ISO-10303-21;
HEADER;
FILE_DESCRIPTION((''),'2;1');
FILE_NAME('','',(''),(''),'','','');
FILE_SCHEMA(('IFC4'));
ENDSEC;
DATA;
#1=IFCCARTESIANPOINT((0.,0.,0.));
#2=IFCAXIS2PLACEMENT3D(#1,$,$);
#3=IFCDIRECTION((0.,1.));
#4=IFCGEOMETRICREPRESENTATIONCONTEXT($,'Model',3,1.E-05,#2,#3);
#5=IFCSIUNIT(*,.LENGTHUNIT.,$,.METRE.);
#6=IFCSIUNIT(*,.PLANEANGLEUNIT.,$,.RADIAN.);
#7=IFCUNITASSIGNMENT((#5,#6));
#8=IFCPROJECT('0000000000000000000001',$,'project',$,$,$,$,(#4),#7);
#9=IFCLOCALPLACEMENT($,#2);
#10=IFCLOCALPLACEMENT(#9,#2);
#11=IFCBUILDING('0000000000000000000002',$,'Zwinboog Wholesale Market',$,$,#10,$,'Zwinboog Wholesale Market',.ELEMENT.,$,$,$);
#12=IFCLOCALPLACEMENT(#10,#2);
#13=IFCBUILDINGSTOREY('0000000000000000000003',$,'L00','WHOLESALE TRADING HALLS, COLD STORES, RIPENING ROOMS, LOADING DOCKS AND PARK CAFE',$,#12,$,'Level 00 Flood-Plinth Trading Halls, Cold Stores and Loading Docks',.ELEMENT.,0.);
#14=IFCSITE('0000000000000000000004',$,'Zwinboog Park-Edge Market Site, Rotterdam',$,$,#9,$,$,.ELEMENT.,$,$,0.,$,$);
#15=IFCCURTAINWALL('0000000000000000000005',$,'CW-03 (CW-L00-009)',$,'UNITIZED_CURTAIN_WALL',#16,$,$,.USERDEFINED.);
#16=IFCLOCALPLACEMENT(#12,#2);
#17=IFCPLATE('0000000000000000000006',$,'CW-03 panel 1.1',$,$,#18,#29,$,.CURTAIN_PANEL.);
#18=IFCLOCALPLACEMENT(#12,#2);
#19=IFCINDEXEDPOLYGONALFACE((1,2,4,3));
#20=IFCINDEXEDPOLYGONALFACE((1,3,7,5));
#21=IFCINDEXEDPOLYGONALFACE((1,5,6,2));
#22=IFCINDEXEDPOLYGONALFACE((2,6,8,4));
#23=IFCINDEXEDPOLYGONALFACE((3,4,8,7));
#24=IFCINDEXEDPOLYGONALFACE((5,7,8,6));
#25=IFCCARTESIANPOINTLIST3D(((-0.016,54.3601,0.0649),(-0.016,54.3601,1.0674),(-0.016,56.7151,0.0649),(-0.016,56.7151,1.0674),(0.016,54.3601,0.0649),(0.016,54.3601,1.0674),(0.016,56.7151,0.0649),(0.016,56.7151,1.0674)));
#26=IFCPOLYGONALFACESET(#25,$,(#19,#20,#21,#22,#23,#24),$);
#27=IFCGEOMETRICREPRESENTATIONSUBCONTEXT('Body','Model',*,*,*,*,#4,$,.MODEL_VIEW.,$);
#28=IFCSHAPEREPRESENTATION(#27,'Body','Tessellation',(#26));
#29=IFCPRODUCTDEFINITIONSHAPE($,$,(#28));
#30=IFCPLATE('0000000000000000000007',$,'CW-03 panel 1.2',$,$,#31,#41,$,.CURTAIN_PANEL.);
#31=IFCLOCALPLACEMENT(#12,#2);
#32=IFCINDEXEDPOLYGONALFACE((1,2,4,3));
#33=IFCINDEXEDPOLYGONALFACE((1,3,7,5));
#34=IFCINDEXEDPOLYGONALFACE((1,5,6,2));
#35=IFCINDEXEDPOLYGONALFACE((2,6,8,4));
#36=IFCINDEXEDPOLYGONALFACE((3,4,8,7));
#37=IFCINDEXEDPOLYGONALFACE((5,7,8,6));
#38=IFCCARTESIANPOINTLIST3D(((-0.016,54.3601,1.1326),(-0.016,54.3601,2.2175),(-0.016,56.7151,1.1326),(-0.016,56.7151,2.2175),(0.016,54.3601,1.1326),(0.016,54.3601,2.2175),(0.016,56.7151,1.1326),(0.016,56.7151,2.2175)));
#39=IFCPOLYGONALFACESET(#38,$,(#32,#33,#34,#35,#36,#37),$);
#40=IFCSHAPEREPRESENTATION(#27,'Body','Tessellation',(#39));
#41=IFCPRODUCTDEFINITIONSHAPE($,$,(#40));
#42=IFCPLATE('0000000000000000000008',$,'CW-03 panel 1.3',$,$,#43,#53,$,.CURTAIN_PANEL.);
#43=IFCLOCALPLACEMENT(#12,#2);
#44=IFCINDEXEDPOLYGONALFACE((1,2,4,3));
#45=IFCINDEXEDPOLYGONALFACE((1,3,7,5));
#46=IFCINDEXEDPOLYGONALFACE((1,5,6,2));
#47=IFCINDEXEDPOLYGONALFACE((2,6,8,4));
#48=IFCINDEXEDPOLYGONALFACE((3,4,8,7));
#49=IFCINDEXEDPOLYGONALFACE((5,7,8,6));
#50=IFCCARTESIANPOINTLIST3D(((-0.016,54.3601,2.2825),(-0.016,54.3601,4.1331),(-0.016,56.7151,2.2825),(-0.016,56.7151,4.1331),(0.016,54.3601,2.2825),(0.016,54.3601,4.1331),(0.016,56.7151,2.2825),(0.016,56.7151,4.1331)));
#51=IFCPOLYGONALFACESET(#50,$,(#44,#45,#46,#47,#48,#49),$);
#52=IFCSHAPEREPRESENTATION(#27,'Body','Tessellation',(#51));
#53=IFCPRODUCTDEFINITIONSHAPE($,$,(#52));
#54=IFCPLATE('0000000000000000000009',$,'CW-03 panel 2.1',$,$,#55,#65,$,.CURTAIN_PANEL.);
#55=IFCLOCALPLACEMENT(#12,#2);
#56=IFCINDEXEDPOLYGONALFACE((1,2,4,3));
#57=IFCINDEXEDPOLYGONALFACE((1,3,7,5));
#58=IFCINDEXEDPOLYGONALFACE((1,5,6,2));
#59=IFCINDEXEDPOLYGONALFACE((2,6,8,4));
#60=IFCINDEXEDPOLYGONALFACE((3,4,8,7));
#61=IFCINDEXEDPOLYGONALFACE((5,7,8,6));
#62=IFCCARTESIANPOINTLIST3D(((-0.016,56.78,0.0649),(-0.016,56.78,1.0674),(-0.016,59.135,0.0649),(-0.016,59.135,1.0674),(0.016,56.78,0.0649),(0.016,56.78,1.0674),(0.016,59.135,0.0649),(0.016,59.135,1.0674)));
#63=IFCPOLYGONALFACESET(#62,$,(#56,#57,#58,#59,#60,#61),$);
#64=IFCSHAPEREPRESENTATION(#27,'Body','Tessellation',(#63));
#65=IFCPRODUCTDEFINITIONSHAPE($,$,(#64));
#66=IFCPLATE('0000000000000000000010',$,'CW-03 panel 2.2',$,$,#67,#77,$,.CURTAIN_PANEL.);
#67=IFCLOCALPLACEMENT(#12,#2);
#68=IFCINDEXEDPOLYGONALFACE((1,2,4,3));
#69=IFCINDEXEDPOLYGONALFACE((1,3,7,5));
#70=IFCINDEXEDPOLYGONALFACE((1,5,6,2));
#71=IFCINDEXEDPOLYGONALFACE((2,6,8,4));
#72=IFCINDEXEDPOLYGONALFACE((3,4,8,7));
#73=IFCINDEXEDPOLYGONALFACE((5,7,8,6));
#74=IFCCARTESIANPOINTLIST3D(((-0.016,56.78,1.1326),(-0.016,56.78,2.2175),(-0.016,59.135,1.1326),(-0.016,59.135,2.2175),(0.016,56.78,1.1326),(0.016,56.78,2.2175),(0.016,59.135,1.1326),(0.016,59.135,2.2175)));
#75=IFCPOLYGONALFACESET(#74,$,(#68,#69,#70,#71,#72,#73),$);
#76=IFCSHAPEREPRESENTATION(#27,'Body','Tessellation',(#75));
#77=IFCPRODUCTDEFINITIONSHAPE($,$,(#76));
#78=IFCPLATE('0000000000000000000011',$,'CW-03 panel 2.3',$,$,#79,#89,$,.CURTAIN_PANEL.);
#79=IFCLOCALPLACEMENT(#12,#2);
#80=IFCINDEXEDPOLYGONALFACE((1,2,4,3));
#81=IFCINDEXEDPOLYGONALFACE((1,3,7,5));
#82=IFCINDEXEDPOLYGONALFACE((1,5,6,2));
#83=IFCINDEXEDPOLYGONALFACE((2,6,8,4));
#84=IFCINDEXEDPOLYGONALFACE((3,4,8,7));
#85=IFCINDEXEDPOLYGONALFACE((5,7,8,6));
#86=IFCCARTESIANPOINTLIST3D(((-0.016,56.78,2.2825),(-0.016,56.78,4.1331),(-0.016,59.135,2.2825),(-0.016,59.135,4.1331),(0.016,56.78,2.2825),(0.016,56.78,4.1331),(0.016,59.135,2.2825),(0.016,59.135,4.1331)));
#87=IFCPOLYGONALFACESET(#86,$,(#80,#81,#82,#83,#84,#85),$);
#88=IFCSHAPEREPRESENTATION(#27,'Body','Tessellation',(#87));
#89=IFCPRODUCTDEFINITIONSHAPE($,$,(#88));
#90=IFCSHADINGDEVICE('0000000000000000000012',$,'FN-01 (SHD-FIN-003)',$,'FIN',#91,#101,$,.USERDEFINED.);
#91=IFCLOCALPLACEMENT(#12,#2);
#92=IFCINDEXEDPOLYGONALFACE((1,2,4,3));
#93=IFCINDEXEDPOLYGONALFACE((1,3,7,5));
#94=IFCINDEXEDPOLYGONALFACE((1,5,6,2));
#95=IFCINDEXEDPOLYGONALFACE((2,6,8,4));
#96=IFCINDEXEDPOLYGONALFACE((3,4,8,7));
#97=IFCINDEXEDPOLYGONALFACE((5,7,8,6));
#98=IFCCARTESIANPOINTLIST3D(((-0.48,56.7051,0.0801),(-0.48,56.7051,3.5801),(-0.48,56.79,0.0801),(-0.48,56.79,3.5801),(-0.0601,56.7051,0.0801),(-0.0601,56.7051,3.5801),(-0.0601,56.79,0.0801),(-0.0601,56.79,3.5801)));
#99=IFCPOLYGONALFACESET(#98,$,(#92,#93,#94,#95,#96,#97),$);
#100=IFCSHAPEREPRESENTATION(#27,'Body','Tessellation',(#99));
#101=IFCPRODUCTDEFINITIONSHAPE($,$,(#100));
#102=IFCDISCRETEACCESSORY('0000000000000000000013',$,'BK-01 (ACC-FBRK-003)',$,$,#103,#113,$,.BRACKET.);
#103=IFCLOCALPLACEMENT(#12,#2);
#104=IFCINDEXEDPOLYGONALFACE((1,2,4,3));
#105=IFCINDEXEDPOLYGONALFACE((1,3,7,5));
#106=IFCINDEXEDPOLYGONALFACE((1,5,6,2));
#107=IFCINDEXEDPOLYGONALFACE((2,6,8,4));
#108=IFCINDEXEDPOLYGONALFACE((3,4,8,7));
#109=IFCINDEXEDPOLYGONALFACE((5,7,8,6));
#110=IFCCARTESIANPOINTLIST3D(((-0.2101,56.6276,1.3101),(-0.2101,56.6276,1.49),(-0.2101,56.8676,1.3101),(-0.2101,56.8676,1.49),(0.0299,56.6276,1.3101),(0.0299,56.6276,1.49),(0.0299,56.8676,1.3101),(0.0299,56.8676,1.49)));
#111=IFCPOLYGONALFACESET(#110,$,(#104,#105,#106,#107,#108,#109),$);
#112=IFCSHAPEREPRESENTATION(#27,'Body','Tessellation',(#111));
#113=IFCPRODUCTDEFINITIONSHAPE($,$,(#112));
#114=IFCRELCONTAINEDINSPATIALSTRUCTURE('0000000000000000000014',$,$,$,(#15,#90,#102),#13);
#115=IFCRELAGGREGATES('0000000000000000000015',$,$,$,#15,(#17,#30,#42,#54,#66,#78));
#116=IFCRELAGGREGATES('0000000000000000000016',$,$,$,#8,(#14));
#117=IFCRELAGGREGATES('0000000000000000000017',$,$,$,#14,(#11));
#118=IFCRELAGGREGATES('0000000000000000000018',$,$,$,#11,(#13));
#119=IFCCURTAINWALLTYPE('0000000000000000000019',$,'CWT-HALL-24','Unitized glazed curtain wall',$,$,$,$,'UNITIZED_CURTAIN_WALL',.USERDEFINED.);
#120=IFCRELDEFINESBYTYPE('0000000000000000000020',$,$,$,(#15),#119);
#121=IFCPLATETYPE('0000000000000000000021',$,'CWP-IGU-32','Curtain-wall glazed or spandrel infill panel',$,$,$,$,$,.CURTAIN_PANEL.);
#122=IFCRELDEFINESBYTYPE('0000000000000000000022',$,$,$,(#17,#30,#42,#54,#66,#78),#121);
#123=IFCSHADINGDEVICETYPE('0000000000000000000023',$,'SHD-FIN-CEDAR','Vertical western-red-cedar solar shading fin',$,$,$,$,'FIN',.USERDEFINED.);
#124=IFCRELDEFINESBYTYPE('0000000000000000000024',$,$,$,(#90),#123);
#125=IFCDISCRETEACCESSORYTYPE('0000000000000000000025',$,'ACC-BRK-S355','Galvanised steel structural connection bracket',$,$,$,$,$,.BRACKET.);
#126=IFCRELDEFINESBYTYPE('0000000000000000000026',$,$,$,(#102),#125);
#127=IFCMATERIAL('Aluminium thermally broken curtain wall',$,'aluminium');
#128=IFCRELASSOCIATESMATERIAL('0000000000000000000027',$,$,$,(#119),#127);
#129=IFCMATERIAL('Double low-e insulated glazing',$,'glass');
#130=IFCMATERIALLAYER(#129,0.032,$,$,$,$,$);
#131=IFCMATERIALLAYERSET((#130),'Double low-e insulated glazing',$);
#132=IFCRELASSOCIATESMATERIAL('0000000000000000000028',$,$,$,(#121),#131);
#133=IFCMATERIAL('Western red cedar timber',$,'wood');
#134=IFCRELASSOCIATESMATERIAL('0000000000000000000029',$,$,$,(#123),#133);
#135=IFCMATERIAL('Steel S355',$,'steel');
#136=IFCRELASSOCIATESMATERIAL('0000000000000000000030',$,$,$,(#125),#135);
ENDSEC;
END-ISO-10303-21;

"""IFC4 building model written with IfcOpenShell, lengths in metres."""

from ifc_helpers import new_model, si_unit, direction, frame, origin, origin_2d, place, context, subcontext, project, spatial, rectangle, extrude, material, layer, layer_set, type_object, element, aggregate, save


model = new_model("IFC4")

# Units and contexts
model_context = context("Model", 3, precision=1e-05, world=origin(), true_north=direction((0.0, 1.0)))
body_context = subcontext(model_context, "Body", "Model", "MODEL_VIEW")
ifc_project = project(units=[si_unit("LENGTHUNIT", "METRE"), si_unit("PLANEANGLEUNIT", "RADIAN")], contexts=[model_context])

# Site, building, storey
site_placement = place(None, origin())
site = spatial("IfcSite", under=ifc_project, at=site_placement, Name="Zwinboog Park-Edge Market Site, Rotterdam", CompositionType="ELEMENT", RefElevation=0.0)
building_placement = place(site_placement, origin())
building = spatial("IfcBuilding", under=site, at=building_placement, Name="Zwinboog Wholesale Market", LongName="Zwinboog Wholesale Market", CompositionType="ELEMENT")
storey_placement = place(building_placement, origin())
storey = spatial("IfcBuildingStorey", under=building, at=storey_placement, Name="L00", Description="WHOLESALE TRADING HALLS, COLD STORES, RIPENING ROOMS, LOADING DOCKS AND PARK CAFE", LongName="Level 00 Flood-Plinth Trading Halls, Cold Stores and Loading Docks", CompositionType="ELEMENT", Elevation=0.0)

# Curtain wall, plates
ifc_material_1 = material(Name="Aluminium thermally broken curtain wall", Category="aluminium")
curtain_wall_type = type_object("IfcCurtainWallType", Name="CWT-HALL-24", Description="Unitized glazed curtain wall", ElementType="UNITIZED_CURTAIN_WALL", PredefinedType="USERDEFINED", material=ifc_material_1)
curtain_wall_placement = place(storey_placement, origin())
curtain_wall = element("IfcCurtainWall", 1, at=curtain_wall_placement, inside=storey, type_object=curtain_wall_type, Name="CW-03 (CW-L00-009)", ObjectType="UNITIZED_CURTAIN_WALL", PredefinedType="USERDEFINED")
ifc_material_2 = material(Name="Double low-e insulated glazing", Category="glass")
ifc_layer = layer(ifc_material_2, 0.032)
ifc_layer_set = layer_set([ifc_layer], Name="Double low-e insulated glazing")
plate_type = type_object("IfcPlateType", Name="CWP-IGU-32", Description="Curtain-wall glazed or spandrel infill panel", PredefinedType="CURTAIN_PANEL", material=ifc_layer_set)
plate_1_placement = place(storey_placement, frame((0.0, 55.5376, 0.0649), z_axis=(0.0, 0.0, 1.0), x_axis=(0.0, 1.0, 0.0)))
plate_1 = element("IfcPlate", 2, at=plate_1_placement, type_object=plate_type, Name="CW-03 panel 1.1", PredefinedType="CURTAIN_PANEL", context=body_context, shape_type="SweptSolid", body=[
    extrude(rectangle(XDim=2.355, YDim=0.032, at=origin_2d()), origin(), (0.0, 0.0, 1.0), 1.0024),
])
plate_2_placement = place(storey_placement, frame((0.0, 55.5376, 1.1326), z_axis=(0.0, 0.0, 1.0), x_axis=(0.0, 1.0, 0.0)))
plate_2 = element("IfcPlate", 3, at=plate_2_placement, type_object=plate_type, Name="CW-03 panel 1.2", PredefinedType="CURTAIN_PANEL", context=body_context, shape_type="SweptSolid", body=[
    extrude(rectangle(XDim=2.355, YDim=0.032, at=origin_2d()), origin(), (0.0, 0.0, 1.0), 1.085),
])
plate_3_placement = place(storey_placement, frame((0.0, 55.5376, 2.2825), z_axis=(0.0, 0.0, 1.0), x_axis=(0.0, 1.0, 0.0)))
plate_3 = element("IfcPlate", 4, at=plate_3_placement, type_object=plate_type, Name="CW-03 panel 1.3", PredefinedType="CURTAIN_PANEL", context=body_context, shape_type="SweptSolid", body=[
    extrude(rectangle(XDim=2.355, YDim=0.032, at=origin_2d()), origin(), (0.0, 0.0, 1.0), 1.8506),
])
plate_4_placement = place(storey_placement, frame((0.0, 57.9575, 0.0649), z_axis=(0.0, 0.0, 1.0), x_axis=(0.0, 1.0, 0.0)))
plate_4 = element("IfcPlate", 5, at=plate_4_placement, type_object=plate_type, Name="CW-03 panel 2.1", PredefinedType="CURTAIN_PANEL", context=body_context, shape_type="SweptSolid", body=[
    extrude(rectangle(XDim=2.355, YDim=0.032, at=origin_2d()), origin(), (0.0, 0.0, 1.0), 1.0024),
])
plate_5_placement = place(storey_placement, frame((0.0, 57.9575, 1.1326), z_axis=(0.0, 0.0, 1.0), x_axis=(0.0, 1.0, 0.0)))
plate_5 = element("IfcPlate", 6, at=plate_5_placement, type_object=plate_type, Name="CW-03 panel 2.2", PredefinedType="CURTAIN_PANEL", context=body_context, shape_type="SweptSolid", body=[
    extrude(rectangle(XDim=2.355, YDim=0.032, at=origin_2d()), origin(), (0.0, 0.0, 1.0), 1.085),
])
plate_6_placement = place(storey_placement, frame((0.0, 57.9575, 2.2825), z_axis=(0.0, 0.0, 1.0), x_axis=(0.0, 1.0, 0.0)))
plate_6 = element("IfcPlate", 7, at=plate_6_placement, type_object=plate_type, Name="CW-03 panel 2.3", PredefinedType="CURTAIN_PANEL", context=body_context, shape_type="SweptSolid", body=[
    extrude(rectangle(XDim=2.355, YDim=0.032, at=origin_2d()), origin(), (0.0, 0.0, 1.0), 1.8506),
])
aggregate(curtain_wall, [plate_1, plate_2, plate_3, plate_4, plate_5, plate_6])

# Shading device
ifc_material_3 = material(Name="Western red cedar timber", Category="wood")
shading_device_type = type_object("IfcShadingDeviceType", Name="SHD-FIN-CEDAR", Description="Vertical western-red-cedar solar shading fin", ElementType="FIN", PredefinedType="USERDEFINED", material=ifc_material_3)
shading_device_placement = place(storey_placement, frame((-0.27, 56.7476, 0.0801), z_axis=(0.0, 0.0, 1.0), x_axis=(1.0, 0.0, 0.0)))
element("IfcShadingDevice", 8, at=shading_device_placement, inside=storey, type_object=shading_device_type, Name="FN-01 (SHD-FIN-003)", ObjectType="FIN", PredefinedType="USERDEFINED", context=body_context, shape_type="SweptSolid", body=[
    extrude(rectangle(XDim=0.4199, YDim=0.085, at=origin_2d()), origin(), (0.0, 0.0, 1.0), 3.5),
])

# Discrete accessory
ifc_material_4 = material(Name="Steel S355", Category="steel")
discrete_accessory_type = type_object("IfcDiscreteAccessoryType", Name="ACC-BRK-S355", Description="Galvanised steel structural connection bracket", PredefinedType="BRACKET", material=ifc_material_4)
discrete_accessory_placement = place(storey_placement, frame((-0.0901, 56.7476, 1.3101), z_axis=(0.0, 0.0, 1.0), x_axis=(1.0, 0.0, 0.0)))
element("IfcDiscreteAccessory", 9, at=discrete_accessory_placement, inside=storey, type_object=discrete_accessory_type, Name="BK-01 (ACC-FBRK-003)", PredefinedType="BRACKET", context=body_context, shape_type="SweptSolid", body=[
    extrude(rectangle(XDim=0.24, YDim=0.24, at=origin_2d()), origin(), (0.0, 0.0, 1.0), 0.1799),
])

save(model, "model.ifc")
